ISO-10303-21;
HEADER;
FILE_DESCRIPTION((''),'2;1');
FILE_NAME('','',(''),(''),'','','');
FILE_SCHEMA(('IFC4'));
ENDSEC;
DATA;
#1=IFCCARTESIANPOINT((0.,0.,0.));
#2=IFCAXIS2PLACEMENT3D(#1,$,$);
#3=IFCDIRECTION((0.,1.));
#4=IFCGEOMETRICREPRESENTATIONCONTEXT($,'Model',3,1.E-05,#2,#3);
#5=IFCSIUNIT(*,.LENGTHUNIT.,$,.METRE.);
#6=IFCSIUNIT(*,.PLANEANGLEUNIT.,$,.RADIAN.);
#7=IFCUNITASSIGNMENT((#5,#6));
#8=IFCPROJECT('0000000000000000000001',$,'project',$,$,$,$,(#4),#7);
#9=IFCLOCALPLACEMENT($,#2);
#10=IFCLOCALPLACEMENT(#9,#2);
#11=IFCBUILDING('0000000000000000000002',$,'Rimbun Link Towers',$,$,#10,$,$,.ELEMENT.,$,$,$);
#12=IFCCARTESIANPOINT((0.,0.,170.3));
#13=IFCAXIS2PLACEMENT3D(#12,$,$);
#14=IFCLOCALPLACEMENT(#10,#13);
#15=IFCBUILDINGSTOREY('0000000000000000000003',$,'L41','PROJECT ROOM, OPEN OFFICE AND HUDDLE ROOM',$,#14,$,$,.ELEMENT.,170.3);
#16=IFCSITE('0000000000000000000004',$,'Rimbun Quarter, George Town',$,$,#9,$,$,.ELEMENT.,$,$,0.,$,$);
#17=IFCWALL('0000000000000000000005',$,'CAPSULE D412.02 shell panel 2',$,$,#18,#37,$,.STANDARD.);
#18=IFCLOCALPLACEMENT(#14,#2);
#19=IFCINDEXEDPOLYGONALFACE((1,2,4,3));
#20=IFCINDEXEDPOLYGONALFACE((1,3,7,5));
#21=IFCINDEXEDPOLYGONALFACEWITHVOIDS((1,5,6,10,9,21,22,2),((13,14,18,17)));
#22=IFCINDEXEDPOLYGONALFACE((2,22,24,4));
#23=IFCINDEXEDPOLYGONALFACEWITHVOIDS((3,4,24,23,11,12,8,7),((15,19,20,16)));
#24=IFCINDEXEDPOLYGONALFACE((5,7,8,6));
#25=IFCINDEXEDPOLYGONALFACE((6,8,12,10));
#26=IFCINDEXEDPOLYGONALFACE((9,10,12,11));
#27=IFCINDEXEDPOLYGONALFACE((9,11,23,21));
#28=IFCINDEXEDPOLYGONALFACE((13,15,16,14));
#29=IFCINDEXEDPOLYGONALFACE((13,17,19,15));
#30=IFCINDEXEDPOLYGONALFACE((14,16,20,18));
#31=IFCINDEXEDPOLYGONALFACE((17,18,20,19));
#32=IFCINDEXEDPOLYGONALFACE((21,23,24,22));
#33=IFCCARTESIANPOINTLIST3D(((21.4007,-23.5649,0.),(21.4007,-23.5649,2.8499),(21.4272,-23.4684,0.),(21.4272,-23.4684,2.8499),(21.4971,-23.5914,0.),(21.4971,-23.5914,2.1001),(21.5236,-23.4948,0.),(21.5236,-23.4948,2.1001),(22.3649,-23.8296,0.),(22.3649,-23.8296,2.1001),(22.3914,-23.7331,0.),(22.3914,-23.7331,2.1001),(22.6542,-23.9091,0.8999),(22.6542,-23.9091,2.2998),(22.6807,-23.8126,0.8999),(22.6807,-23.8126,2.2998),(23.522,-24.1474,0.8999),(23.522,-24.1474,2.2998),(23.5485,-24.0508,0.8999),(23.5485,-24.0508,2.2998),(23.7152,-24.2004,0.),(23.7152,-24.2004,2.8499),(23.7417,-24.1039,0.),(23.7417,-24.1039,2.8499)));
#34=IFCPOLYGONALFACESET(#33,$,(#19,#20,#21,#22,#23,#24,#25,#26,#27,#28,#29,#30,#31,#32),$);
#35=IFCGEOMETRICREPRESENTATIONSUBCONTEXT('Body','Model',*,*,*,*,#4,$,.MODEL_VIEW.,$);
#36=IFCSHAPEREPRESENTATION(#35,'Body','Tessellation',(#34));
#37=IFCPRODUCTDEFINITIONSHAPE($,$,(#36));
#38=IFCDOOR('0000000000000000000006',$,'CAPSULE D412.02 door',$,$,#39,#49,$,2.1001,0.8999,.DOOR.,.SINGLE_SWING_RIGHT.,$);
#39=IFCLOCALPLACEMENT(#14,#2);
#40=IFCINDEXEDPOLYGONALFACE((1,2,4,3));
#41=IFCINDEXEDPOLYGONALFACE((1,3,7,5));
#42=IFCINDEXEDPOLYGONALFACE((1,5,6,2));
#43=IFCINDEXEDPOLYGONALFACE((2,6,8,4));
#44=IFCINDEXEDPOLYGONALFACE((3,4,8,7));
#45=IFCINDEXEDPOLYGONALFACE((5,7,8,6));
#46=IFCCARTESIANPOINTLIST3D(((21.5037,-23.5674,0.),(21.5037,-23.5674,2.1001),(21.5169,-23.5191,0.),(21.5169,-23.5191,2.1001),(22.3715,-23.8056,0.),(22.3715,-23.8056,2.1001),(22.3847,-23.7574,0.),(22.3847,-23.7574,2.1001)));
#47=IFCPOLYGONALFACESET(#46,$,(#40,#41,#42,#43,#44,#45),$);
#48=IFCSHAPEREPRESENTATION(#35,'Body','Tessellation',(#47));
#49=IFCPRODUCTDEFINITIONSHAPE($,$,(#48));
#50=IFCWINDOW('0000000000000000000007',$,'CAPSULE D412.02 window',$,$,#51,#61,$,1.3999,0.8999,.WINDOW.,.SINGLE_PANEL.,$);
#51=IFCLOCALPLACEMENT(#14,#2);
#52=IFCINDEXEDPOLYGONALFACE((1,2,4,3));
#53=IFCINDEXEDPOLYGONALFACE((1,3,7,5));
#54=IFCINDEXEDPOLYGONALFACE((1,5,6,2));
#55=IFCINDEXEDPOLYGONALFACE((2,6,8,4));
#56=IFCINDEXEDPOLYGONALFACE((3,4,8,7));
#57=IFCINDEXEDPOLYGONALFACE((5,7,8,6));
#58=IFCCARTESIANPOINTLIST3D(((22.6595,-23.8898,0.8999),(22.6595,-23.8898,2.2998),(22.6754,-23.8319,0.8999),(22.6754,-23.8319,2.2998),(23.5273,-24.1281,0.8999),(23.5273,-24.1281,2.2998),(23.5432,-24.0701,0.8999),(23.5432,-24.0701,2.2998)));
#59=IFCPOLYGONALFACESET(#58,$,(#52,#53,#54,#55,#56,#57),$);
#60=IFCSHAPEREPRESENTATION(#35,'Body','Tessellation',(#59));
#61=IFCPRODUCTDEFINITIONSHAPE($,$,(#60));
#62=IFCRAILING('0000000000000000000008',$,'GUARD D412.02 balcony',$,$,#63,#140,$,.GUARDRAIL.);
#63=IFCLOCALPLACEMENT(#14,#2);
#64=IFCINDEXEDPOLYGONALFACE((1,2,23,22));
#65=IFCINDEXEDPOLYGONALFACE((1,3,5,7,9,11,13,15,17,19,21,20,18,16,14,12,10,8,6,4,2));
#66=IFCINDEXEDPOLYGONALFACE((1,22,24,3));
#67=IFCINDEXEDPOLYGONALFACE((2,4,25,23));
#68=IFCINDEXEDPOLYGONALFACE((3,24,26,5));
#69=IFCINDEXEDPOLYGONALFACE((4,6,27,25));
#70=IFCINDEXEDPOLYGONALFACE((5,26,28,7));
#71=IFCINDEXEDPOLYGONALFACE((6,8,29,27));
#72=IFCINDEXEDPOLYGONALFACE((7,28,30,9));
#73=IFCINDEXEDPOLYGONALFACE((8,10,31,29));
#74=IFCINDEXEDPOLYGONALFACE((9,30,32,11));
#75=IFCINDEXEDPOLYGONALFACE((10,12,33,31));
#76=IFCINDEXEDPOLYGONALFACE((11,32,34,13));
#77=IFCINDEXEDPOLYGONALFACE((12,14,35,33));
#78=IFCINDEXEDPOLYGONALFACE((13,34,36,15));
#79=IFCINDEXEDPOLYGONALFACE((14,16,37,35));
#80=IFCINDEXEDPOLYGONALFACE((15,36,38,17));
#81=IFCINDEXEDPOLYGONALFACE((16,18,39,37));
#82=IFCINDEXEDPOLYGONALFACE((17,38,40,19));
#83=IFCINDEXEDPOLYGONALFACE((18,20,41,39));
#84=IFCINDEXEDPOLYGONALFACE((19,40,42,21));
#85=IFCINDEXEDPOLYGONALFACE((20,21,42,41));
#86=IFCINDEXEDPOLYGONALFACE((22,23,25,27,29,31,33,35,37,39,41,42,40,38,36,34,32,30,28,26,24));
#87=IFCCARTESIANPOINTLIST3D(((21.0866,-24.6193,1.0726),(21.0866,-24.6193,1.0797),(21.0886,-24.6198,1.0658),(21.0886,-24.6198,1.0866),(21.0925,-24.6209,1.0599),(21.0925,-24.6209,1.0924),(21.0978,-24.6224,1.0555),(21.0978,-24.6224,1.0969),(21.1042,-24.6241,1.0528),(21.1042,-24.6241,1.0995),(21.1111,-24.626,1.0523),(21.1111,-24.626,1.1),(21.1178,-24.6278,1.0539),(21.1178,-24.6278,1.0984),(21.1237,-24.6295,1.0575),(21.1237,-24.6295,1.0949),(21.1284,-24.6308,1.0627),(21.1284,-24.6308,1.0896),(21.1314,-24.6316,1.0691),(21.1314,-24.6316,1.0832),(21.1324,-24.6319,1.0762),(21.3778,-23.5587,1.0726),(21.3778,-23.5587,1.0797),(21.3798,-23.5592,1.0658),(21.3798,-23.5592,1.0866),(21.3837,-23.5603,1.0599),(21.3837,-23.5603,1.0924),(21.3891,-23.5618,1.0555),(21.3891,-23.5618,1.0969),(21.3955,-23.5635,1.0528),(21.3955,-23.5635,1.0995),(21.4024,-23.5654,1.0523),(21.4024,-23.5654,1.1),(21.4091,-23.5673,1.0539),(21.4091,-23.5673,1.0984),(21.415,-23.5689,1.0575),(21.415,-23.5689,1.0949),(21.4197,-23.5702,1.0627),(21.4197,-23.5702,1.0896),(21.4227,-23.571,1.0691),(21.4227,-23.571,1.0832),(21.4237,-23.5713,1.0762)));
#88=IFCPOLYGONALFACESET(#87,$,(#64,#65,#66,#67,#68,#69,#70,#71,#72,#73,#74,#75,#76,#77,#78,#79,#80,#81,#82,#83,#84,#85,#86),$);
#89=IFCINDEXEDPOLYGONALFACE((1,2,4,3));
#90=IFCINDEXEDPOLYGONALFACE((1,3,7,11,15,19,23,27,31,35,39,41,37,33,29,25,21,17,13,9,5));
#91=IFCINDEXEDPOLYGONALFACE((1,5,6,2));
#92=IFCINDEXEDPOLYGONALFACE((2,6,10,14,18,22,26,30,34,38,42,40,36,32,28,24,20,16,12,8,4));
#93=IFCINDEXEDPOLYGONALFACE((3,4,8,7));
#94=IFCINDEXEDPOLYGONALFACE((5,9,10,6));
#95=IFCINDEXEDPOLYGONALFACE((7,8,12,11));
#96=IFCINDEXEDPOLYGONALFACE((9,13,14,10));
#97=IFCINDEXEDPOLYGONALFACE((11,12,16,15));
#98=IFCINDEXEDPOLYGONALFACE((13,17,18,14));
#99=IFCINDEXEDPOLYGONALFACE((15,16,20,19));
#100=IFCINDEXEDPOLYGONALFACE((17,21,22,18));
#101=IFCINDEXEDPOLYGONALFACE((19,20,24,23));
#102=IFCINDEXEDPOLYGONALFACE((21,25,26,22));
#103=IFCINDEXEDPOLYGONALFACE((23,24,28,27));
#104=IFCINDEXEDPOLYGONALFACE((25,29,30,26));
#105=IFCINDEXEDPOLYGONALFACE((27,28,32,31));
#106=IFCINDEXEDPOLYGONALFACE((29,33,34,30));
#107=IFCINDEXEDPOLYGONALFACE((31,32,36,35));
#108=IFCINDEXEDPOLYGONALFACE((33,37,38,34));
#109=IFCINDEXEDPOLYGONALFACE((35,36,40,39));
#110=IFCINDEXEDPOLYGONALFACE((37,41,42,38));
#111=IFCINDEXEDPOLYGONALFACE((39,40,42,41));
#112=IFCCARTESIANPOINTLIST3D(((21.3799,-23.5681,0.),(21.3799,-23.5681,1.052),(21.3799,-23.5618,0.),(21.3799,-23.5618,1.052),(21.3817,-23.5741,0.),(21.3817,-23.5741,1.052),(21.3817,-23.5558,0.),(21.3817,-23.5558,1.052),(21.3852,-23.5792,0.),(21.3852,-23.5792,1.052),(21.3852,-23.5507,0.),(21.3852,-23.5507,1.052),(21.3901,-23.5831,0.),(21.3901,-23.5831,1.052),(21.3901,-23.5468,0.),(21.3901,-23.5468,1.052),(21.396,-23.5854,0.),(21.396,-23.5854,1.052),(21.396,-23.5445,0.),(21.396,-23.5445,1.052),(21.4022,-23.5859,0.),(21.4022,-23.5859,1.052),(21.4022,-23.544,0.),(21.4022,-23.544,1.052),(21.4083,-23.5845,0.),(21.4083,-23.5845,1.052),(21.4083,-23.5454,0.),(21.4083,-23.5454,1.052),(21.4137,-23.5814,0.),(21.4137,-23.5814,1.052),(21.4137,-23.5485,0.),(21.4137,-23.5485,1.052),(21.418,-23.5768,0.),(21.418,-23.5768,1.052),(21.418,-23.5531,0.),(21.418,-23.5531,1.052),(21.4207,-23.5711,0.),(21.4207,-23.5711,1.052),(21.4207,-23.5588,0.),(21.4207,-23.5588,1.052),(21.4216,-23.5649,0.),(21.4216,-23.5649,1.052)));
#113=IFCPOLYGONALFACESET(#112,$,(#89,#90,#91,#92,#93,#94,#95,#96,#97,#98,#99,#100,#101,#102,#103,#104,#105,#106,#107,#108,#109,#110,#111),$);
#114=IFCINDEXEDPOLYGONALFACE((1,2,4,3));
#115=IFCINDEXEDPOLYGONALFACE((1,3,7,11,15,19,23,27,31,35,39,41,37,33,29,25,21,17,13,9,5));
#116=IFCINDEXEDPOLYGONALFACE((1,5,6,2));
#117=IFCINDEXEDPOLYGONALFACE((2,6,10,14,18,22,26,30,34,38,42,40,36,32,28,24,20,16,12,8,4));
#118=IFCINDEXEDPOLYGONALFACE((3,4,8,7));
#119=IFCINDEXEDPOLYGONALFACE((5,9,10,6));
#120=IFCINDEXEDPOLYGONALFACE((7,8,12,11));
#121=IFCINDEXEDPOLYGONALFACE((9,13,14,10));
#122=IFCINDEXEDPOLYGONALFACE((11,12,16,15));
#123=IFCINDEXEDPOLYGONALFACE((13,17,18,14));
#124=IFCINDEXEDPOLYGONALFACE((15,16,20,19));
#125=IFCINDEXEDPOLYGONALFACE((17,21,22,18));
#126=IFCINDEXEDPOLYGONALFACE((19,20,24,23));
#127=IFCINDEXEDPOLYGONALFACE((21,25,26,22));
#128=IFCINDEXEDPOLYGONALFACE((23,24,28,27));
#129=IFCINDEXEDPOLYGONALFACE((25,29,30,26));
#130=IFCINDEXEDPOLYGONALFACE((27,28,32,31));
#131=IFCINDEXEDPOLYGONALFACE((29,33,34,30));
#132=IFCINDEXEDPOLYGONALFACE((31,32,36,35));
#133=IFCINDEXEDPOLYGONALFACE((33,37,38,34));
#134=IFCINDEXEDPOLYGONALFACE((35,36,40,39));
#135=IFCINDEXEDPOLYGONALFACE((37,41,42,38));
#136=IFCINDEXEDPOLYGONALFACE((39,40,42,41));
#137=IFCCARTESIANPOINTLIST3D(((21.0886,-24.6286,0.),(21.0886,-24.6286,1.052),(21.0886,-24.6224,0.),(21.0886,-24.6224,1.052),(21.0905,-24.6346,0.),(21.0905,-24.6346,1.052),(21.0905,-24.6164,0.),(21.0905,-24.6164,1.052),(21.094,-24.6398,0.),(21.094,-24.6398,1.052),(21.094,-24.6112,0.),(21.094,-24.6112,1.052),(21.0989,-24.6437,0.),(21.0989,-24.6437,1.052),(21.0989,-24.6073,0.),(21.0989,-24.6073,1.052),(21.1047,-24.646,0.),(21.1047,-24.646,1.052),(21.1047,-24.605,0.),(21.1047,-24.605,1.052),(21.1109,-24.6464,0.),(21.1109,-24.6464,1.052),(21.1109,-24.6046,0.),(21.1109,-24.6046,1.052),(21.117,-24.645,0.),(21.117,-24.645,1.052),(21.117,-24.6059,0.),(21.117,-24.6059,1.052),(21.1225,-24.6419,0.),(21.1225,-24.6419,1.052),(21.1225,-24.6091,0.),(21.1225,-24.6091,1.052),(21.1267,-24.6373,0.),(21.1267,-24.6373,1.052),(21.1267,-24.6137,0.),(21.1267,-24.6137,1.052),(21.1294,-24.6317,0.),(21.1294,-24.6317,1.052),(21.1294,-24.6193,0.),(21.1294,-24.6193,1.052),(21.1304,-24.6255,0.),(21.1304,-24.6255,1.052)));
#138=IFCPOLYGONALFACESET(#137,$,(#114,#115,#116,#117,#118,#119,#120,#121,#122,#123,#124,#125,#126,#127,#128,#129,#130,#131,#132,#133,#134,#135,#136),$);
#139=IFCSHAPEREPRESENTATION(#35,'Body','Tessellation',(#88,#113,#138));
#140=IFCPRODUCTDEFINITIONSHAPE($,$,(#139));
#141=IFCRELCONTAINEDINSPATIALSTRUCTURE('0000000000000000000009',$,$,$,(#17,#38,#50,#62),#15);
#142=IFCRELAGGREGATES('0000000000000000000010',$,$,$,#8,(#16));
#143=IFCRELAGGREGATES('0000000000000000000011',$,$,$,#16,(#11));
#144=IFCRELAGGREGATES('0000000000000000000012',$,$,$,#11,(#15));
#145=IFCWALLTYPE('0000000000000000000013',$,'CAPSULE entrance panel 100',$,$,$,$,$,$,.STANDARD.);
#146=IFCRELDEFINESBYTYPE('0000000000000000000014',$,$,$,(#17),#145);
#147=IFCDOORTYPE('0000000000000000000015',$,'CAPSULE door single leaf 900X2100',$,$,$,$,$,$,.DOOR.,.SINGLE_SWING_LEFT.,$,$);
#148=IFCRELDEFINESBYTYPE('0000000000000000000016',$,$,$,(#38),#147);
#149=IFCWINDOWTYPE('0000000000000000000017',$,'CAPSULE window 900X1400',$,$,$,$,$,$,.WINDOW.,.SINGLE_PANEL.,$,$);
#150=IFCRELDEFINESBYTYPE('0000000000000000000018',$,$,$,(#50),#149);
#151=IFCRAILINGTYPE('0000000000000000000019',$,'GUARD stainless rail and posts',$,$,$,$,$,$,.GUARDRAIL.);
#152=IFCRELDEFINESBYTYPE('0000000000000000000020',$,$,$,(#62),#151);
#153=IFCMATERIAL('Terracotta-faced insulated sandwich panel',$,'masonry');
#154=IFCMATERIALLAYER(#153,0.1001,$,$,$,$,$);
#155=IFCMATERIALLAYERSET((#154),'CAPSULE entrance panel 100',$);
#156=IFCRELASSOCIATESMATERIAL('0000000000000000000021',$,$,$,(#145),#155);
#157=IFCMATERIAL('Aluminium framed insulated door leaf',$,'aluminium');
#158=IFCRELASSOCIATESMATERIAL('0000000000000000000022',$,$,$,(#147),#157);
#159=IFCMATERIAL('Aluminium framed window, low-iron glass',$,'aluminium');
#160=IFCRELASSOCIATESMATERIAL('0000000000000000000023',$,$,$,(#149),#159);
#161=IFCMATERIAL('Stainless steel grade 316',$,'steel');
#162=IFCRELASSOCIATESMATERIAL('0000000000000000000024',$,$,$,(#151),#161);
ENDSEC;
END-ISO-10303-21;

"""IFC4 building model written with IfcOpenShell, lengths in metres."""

from ifc_helpers import new_model, si_unit, direction, frame, frame_2d, origin, origin_2d, place, context, subcontext, project, spatial, rectangle, circle, extrude, material, layer, layer_set, type_object, element, fill, save


model = new_model("IFC4")

# Units and contexts
model_context = context("Model", 3, precision=1e-05, world=origin(), true_north=direction((0.0, 1.0)))
body_context = subcontext(model_context, "Body", "Model", "MODEL_VIEW")
ifc_project = project(units=[si_unit("LENGTHUNIT", "METRE"), si_unit("PLANEANGLEUNIT", "RADIAN")], contexts=[model_context])

# Site, building, storey
site_placement = place(None, origin())
site = spatial("IfcSite", under=ifc_project, at=site_placement, Name="Rimbun Quarter, George Town", CompositionType="ELEMENT", RefElevation=0.0)
building_placement = place(site_placement, origin())
building = spatial("IfcBuilding", under=site, at=building_placement, Name="Rimbun Link Towers", CompositionType="ELEMENT")
storey_placement = place(building_placement, frame((0.0, 0.0, 170.3)))
storey = spatial("IfcBuildingStorey", under=building, at=storey_placement, Name="L41", Description="PROJECT ROOM, OPEN OFFICE AND HUDDLE ROOM", CompositionType="ELEMENT", Elevation=170.3)

# Wall, openings, door, window
ifc_material_1 = material(Name="Terracotta-faced insulated sandwich panel", Category="masonry")
ifc_layer_1 = layer(ifc_material_1, 0.1001)
ifc_layer_set_1 = layer_set([ifc_layer_1], Name="CAPSULE entrance panel 100")
wall_type = type_object("IfcWallType", Name="CAPSULE entrance panel 100", PredefinedType="STANDARD", material=ifc_layer_set_1)
wall_placement = place(storey_placement, frame((21.4138, -23.5166, 0.0), z_axis=(0.0, 0.0, 1.0), x_axis=(0.964309, -0.264778, 0.0)))
wall = element("IfcWall", 1, at=wall_placement, inside=storey, type_object=wall_type, Name="CAPSULE D412.02 shell panel 2", PredefinedType="STANDARD", context=body_context, shape_type="SweptSolid", body=[
    extrude(rectangle(XDim=2.4001, YDim=0.1001, at=frame_2d((1.2002, 0.0))), origin(), (0.0, 0.0, 1.0), 2.8499),
])
opening_1_placement = place(wall_placement, frame((0.1001, 0.0, 0.0)))
opening_1 = element("IfcOpeningElement", 2, at=opening_1_placement, cuts=wall, PredefinedType="OPENING", context=body_context, shape_type="SweptSolid", body=[
    extrude(rectangle(XDim=0.8999, YDim=2.1001, at=frame_2d((0.45, 1.05))), frame((0.0, 0.0601, 0.0), z_axis=(0.0, -1.0, 0.0), x_axis=(1.0, 0.0, 0.0)), (0.0, 0.0, 1.0), 0.1201),
])
opening_2_placement = place(wall_placement, frame((1.3, 0.0, 0.8999)))
opening_2 = element("IfcOpeningElement", 3, at=opening_2_placement, cuts=wall, PredefinedType="OPENING", context=body_context, shape_type="SweptSolid", body=[
    extrude(rectangle(XDim=0.8999, YDim=1.3999, at=frame_2d((0.45, 0.7))), frame((0.0, 0.0601, 0.0), z_axis=(0.0, -1.0, 0.0), x_axis=(1.0, 0.0, 0.0)), (0.0, 0.0, 1.0), 0.1201),
])
ifc_material_2 = material(Name="Aluminium framed insulated door leaf", Category="aluminium")
door_type = type_object("IfcDoorType", Name="CAPSULE door single leaf 900X2100", OperationType="SINGLE_SWING_LEFT", PredefinedType="DOOR", material=ifc_material_2)
door_placement = place(opening_1_placement, origin())
door = element("IfcDoor", 4, at=door_placement, inside=storey, type_object=door_type, Name="CAPSULE D412.02 door", OperationType="SINGLE_SWING_RIGHT", OverallHeight=2.1001, OverallWidth=0.8999, PredefinedType="DOOR", context=body_context, shape_type="SweptSolid", body=[
    extrude(rectangle(XDim=0.8999, YDim=2.1001, at=frame_2d((0.45, 1.05))), frame((0.0, 0.0249, 0.0), z_axis=(0.0, -1.0, 0.0), x_axis=(1.0, 0.0, 0.0)), (0.0, 0.0, 1.0), 0.05),
])
fill(opening_1, door)
ifc_material_3 = material(Name="Aluminium framed window, low-iron glass", Category="aluminium")
window_type = type_object("IfcWindowType", Name="CAPSULE window 900X1400", PartitioningType="SINGLE_PANEL", PredefinedType="WINDOW", material=ifc_material_3)
window_placement = place(opening_2_placement, origin())
window = element("IfcWindow", 5, at=window_placement, inside=storey, type_object=window_type, Name="CAPSULE D412.02 window", OverallHeight=1.3999, OverallWidth=0.8999, PartitioningType="SINGLE_PANEL", PredefinedType="WINDOW", context=body_context, shape_type="SweptSolid", body=[
    extrude(rectangle(XDim=0.8999, YDim=1.3999, at=frame_2d((0.45, 0.7))), frame((0.0, 0.03, 0.0), z_axis=(0.0, -1.0, 0.0), x_axis=(1.0, 0.0, 0.0)), (0.0, 0.0, 1.0), 0.0601),
])
fill(opening_2, window)

# Railing
ifc_material_4 = material(Name="Stainless steel grade 316", Category="steel")
railing_type = type_object("IfcRailingType", Name="GUARD stainless rail and posts", PredefinedType="GUARDRAIL", material=ifc_material_4)
railing_1_placement = place(storey_placement, frame((21.4006, -23.5649, 0.0)))
element("IfcRailing", 6, at=railing_1_placement, inside=storey, type_object=railing_type, Name="GUARD D412.02 balcony", PredefinedType="GUARDRAIL", context=body_context, shape_type="SweptSolid", body=[
    extrude(circle(Radius=0.0239, at=origin_2d()), frame((0.0, 0.0, 1.0762), z_axis=(-0.264826, -0.964296, 0.0), x_axis=(0.964296, -0.264826, 0.0)), (0.0, 0.0, 1.0), 1.0999),
    extrude(circle(Radius=0.021, at=origin_2d()), origin(), (0.0, 0.0, 1.0), 1.052),
    extrude(circle(Radius=0.021, at=origin_2d()), frame((-0.2913, -1.0605, 0.0)), (0.0, 0.0, 1.0), 1.052),
])

save(model, "model.ifc")
